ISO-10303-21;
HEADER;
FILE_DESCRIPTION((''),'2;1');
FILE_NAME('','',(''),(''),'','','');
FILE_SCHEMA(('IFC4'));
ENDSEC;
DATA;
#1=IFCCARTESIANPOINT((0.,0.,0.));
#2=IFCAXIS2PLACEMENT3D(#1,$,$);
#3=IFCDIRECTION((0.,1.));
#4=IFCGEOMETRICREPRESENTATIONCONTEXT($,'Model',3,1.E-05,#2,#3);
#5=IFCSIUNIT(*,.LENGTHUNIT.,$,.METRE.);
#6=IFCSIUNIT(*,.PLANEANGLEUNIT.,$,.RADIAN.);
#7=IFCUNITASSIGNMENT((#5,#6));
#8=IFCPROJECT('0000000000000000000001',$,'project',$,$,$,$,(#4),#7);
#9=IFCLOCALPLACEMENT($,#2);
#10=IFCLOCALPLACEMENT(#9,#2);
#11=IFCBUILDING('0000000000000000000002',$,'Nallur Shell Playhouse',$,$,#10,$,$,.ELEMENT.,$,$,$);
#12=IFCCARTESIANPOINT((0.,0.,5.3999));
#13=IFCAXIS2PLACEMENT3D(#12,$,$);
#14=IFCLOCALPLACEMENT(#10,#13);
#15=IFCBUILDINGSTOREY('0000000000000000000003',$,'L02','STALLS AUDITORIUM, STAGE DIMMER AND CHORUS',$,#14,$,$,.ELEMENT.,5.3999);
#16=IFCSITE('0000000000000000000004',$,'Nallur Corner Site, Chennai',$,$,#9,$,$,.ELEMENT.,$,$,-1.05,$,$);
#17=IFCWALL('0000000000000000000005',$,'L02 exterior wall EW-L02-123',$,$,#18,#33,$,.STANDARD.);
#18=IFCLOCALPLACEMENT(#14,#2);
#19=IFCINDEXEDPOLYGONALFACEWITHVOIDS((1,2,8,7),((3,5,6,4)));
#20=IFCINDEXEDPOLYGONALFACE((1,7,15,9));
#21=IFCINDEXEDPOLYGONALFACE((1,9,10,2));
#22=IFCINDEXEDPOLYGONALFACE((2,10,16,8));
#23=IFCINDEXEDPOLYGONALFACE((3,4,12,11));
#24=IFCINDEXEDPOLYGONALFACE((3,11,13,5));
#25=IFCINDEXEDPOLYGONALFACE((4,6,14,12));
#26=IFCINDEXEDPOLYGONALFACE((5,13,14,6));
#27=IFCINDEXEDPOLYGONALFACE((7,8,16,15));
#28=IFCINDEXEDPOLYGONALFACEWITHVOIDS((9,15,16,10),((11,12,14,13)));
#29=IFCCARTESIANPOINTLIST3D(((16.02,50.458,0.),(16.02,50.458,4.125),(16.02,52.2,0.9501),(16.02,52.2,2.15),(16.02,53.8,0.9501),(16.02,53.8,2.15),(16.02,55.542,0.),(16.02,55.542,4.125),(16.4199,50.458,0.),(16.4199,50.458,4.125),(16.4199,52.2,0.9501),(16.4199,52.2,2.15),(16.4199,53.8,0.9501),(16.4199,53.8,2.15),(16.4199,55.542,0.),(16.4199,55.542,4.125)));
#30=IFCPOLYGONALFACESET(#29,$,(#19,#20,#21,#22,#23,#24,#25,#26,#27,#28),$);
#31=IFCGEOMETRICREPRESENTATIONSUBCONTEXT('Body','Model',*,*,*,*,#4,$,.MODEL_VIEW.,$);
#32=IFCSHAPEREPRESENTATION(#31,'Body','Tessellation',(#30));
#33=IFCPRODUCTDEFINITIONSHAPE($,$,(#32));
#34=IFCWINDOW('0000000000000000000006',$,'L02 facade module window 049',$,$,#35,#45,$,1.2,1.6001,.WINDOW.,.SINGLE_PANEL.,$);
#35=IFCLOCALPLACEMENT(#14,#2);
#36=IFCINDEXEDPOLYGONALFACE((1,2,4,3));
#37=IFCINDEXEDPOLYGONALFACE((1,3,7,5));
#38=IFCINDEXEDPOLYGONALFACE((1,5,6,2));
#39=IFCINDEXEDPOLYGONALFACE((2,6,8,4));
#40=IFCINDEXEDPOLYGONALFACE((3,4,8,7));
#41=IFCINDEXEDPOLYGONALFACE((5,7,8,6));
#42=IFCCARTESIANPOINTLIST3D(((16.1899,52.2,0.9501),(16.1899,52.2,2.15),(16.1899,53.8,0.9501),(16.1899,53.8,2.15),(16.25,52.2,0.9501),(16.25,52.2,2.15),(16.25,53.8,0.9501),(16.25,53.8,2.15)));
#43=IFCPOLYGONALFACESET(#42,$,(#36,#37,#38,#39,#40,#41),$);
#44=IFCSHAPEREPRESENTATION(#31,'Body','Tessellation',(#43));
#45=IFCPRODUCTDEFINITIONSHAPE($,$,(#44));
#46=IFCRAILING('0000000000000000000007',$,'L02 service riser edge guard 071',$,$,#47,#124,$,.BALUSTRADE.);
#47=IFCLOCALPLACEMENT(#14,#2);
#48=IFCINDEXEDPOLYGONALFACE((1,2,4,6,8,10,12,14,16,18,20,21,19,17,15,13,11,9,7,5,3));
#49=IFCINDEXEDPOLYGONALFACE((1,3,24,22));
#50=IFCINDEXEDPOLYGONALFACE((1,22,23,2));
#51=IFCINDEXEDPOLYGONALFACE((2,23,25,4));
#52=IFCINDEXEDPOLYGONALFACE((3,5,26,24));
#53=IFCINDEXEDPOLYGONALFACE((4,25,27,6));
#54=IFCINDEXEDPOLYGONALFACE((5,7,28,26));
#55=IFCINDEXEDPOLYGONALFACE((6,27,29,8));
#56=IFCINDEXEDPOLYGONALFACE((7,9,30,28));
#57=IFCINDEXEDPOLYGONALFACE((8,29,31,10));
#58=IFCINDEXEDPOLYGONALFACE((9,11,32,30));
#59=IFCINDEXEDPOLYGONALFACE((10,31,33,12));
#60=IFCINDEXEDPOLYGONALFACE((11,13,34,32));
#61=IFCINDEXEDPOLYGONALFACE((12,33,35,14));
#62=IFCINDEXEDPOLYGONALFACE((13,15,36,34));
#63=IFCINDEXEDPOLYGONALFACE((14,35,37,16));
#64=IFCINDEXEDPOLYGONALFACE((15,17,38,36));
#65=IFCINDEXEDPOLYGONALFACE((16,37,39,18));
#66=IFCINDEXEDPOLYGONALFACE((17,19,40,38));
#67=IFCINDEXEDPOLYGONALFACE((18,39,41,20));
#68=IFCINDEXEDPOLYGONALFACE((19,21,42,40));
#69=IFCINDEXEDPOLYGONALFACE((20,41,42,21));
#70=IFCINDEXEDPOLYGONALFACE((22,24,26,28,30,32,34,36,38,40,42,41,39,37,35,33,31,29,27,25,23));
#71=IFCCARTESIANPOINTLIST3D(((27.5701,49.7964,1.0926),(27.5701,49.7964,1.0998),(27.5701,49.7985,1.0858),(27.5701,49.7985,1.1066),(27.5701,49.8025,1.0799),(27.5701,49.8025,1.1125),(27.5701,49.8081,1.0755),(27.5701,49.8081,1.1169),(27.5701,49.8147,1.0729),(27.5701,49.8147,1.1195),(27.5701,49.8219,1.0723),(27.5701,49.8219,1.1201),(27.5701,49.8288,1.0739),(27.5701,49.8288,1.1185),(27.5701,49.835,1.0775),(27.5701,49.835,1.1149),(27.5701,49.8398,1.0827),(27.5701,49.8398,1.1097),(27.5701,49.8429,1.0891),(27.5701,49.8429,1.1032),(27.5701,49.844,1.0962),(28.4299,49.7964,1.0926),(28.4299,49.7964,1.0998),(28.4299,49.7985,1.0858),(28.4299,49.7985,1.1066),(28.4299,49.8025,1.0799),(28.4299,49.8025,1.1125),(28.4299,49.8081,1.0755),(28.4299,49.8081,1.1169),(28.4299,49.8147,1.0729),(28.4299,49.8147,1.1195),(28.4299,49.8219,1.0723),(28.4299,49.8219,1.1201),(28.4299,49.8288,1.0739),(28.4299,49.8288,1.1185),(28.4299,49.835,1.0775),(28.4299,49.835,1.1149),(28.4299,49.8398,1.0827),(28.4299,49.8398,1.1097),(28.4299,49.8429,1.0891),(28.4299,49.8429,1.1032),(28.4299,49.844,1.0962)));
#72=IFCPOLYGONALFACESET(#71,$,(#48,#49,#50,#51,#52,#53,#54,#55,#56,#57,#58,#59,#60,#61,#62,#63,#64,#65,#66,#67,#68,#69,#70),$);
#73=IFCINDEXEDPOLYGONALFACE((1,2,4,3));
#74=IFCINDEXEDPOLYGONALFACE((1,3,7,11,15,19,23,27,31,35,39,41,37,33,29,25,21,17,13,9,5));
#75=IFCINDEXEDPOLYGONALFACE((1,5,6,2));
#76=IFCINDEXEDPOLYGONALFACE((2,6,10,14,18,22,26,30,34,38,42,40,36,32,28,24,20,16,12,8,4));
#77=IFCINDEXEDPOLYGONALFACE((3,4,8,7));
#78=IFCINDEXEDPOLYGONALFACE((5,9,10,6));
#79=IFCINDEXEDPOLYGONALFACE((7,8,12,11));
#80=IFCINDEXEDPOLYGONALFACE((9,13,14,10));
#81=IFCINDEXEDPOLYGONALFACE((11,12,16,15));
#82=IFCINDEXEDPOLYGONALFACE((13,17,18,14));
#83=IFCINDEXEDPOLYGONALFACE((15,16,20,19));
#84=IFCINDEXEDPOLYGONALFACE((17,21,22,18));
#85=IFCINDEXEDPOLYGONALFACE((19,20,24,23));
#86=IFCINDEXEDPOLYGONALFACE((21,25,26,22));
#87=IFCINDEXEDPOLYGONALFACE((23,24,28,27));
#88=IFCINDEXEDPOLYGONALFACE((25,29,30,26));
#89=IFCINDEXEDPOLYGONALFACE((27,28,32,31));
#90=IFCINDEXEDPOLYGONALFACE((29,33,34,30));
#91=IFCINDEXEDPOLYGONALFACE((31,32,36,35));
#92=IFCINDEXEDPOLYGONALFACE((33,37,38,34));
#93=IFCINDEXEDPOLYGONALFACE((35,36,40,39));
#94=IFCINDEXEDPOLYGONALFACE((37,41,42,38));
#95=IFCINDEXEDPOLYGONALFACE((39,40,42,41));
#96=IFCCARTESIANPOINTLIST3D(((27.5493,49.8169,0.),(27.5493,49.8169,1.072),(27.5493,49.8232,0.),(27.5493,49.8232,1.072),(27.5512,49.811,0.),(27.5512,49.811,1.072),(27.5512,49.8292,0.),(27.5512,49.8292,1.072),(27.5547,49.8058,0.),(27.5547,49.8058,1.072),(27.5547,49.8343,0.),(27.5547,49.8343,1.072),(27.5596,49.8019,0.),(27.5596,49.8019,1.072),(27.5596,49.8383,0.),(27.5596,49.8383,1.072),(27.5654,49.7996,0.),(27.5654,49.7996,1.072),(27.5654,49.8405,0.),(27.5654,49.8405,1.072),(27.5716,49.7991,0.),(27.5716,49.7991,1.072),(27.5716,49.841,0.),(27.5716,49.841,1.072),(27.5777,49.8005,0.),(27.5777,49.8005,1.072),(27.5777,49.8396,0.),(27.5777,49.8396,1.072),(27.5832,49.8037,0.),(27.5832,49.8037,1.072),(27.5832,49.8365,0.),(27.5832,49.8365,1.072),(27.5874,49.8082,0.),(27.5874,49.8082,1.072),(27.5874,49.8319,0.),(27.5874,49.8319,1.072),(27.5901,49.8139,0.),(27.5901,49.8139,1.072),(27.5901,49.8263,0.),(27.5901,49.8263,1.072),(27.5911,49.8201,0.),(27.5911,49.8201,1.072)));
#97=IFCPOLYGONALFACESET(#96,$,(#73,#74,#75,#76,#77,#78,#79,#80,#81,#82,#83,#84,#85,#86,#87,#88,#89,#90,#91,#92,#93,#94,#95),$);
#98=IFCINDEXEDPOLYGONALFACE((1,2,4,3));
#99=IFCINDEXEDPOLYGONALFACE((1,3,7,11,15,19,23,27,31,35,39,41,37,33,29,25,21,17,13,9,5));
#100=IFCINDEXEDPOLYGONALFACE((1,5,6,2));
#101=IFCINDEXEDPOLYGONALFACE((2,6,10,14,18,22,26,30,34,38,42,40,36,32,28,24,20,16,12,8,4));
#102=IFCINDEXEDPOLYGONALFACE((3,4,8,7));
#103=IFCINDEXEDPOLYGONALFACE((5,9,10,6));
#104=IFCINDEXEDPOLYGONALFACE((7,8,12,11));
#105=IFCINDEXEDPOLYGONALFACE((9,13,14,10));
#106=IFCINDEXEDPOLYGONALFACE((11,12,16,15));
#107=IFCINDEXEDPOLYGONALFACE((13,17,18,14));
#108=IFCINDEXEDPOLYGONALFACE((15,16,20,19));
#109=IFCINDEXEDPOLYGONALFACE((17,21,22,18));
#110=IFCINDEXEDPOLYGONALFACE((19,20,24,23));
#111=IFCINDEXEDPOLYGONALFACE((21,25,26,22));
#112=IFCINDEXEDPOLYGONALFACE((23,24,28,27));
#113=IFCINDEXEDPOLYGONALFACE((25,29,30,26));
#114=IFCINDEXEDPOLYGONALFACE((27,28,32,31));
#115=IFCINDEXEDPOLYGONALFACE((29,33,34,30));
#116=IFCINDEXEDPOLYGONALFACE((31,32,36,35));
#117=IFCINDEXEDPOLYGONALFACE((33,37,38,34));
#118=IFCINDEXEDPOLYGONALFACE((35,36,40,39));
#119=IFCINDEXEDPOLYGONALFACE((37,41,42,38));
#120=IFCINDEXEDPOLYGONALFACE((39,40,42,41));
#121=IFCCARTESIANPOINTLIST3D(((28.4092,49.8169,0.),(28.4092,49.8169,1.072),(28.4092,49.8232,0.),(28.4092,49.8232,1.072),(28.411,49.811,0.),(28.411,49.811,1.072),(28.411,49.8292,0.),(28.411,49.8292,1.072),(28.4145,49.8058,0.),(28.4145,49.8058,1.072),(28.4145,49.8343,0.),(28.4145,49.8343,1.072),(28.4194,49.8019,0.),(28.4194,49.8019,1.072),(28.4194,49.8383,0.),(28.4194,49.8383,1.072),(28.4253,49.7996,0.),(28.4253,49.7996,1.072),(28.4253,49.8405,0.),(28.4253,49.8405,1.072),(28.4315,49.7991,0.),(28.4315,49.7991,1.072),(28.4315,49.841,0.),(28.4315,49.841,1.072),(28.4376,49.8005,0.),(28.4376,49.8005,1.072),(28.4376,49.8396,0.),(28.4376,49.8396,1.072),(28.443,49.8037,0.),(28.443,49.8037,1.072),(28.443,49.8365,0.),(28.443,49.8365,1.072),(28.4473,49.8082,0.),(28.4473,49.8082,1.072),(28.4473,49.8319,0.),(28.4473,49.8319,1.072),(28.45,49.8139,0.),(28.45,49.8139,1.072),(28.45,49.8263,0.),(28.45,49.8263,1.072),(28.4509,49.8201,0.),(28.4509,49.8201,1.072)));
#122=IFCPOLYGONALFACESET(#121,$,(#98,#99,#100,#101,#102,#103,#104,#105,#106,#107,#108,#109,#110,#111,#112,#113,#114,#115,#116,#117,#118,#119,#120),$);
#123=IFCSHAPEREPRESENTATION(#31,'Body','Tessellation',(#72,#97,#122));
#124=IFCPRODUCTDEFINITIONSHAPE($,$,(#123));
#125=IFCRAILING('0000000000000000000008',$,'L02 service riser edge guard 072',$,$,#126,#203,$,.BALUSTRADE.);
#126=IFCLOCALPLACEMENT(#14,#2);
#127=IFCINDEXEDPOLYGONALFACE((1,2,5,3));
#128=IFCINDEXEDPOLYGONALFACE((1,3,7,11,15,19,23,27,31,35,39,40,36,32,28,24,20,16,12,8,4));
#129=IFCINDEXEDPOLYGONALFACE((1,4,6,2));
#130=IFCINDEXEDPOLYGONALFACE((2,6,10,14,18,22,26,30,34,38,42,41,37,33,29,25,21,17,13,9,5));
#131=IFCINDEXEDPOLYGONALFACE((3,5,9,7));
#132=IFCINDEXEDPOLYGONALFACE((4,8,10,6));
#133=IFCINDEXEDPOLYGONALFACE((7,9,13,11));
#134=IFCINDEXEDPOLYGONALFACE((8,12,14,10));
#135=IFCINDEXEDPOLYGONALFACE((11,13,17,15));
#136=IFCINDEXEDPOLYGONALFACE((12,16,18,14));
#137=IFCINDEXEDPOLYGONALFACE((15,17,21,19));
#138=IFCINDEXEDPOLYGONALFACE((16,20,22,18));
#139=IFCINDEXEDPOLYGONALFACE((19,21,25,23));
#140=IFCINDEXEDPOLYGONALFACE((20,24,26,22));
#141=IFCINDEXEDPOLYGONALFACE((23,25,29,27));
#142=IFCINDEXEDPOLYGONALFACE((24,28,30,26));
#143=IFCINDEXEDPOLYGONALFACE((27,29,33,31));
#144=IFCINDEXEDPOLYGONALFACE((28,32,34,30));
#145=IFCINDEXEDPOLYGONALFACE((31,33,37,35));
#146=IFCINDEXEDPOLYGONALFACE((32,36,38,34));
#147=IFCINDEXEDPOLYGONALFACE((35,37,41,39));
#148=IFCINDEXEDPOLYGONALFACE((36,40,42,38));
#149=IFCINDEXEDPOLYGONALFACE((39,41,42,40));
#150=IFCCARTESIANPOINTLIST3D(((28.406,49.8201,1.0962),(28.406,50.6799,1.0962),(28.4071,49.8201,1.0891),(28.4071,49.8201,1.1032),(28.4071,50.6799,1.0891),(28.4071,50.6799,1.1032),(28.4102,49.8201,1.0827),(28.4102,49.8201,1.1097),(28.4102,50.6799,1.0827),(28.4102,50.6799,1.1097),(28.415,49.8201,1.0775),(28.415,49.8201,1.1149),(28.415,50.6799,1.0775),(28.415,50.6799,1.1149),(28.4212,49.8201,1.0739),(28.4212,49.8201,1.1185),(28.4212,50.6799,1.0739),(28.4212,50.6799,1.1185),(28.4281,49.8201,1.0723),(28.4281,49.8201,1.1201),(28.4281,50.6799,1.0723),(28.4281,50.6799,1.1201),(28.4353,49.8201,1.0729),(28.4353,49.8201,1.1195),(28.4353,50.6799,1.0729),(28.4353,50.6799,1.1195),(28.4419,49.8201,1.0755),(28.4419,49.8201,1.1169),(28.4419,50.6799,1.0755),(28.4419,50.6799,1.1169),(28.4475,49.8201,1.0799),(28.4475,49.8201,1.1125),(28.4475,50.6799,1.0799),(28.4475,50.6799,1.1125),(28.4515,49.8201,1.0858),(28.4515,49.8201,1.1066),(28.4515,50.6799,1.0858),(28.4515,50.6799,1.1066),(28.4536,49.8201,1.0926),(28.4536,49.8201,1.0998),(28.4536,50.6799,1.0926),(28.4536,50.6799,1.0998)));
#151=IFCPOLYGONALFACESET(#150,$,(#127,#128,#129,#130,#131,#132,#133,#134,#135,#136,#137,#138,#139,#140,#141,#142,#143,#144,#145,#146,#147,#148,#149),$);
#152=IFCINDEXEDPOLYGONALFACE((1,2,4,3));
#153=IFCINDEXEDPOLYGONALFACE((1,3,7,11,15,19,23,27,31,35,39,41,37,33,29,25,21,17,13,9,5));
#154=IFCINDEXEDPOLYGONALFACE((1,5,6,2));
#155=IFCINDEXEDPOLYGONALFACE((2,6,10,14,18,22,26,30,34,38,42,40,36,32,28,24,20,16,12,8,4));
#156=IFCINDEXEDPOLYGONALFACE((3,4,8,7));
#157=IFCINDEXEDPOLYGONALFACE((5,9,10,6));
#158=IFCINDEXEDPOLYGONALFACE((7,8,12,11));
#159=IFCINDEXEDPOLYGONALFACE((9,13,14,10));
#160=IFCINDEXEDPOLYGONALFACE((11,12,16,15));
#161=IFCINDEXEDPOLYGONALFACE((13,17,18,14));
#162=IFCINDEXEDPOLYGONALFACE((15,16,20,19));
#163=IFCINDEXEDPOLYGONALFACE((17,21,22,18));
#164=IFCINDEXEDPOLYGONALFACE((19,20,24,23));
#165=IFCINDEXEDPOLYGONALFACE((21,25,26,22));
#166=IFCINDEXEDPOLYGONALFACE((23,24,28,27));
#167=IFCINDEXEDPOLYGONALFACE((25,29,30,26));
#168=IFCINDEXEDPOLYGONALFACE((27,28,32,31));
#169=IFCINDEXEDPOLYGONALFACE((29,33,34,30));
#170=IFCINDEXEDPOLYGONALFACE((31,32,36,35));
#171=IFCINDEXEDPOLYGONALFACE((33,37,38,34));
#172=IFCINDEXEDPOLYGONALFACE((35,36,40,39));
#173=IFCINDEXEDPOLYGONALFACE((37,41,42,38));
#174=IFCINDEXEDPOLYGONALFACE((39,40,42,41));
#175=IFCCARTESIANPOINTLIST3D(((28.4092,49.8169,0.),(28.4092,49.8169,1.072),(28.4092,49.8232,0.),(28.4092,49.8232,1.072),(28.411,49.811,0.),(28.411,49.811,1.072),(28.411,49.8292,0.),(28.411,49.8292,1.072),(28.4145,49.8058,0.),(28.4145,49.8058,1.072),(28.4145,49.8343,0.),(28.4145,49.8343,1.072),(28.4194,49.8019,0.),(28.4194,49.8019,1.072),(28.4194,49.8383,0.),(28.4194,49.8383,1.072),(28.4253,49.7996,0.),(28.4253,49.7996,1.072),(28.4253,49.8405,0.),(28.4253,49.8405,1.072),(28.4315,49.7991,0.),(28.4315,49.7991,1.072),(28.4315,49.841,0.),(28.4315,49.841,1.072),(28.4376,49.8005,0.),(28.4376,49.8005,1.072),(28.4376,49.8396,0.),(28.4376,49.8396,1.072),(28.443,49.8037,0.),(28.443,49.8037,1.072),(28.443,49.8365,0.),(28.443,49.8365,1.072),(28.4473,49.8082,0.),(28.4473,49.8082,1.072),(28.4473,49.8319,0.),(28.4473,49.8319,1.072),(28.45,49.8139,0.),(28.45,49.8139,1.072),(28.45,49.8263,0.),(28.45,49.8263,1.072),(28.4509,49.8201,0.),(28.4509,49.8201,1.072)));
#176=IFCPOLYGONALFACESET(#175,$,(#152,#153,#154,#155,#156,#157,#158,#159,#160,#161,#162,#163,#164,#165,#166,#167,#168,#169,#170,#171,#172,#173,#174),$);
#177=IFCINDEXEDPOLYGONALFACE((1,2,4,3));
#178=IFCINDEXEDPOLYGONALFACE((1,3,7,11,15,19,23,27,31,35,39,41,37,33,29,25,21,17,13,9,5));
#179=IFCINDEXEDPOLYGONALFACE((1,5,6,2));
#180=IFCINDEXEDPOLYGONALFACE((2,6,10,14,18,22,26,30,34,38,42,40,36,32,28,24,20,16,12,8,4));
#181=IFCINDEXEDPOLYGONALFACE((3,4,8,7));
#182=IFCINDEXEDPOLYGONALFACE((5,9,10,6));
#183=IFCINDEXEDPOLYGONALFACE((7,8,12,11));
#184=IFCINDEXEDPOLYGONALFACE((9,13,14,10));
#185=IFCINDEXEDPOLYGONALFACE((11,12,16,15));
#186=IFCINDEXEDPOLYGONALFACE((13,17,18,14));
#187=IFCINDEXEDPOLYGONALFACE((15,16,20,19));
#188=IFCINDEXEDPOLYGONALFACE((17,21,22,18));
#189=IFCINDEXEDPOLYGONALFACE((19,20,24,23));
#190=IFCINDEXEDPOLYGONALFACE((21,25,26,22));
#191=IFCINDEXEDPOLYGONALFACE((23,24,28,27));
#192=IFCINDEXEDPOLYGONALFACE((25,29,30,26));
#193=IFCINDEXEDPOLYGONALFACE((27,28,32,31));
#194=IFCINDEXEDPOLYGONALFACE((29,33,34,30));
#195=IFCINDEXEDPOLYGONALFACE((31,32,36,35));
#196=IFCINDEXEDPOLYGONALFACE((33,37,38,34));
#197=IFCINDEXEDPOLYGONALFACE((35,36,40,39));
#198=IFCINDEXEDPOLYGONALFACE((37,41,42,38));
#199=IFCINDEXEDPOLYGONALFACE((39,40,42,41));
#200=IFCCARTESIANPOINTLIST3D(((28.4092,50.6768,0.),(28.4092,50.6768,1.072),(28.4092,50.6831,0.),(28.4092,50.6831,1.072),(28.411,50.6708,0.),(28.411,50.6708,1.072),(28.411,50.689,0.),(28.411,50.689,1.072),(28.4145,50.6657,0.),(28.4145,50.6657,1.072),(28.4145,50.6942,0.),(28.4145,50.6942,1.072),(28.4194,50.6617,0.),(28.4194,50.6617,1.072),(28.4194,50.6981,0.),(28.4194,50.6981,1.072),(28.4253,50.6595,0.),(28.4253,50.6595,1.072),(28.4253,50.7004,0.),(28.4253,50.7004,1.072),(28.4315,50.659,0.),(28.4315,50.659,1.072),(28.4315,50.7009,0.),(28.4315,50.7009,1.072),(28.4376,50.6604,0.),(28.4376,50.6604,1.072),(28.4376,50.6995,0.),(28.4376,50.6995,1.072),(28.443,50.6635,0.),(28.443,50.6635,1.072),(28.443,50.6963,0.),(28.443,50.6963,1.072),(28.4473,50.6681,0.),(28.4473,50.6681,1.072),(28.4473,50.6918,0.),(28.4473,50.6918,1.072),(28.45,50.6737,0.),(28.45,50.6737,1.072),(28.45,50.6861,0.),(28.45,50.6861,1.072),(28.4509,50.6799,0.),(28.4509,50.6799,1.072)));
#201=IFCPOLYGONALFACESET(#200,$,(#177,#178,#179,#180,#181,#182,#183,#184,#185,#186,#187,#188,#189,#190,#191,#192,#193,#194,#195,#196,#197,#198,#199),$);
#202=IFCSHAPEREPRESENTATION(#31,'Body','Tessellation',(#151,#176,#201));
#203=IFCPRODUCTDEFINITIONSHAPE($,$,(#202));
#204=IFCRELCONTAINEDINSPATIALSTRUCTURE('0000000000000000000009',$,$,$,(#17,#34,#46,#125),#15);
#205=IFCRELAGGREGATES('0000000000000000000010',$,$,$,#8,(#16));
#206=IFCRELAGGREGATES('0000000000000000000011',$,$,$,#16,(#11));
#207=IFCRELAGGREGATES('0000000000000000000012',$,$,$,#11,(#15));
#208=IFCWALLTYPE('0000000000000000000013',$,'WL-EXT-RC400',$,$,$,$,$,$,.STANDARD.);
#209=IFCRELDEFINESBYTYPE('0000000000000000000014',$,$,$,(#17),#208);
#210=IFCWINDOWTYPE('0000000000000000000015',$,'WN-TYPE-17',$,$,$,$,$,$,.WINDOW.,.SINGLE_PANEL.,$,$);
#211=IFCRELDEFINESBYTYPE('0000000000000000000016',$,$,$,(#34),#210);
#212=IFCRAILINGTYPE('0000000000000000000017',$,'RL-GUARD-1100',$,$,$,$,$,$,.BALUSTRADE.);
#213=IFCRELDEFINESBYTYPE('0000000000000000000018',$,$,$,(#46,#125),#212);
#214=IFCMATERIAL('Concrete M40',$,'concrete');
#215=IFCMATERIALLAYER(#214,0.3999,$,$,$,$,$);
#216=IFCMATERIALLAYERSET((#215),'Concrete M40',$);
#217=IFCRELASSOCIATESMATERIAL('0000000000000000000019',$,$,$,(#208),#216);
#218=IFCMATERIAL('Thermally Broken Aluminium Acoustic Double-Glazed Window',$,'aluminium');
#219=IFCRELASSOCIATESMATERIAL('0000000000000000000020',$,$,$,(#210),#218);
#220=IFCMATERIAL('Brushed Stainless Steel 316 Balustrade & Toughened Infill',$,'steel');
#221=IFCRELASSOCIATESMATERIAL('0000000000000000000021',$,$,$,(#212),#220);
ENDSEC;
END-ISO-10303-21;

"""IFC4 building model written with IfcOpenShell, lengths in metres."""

from ifc_helpers import new_model, si_unit, direction, frame, frame_2d, origin, origin_2d, place, context, subcontext, project, spatial, rectangle, circle, extrude, material, layer, layer_set, type_object, element, fill, save


model = new_model("IFC4")

# Units and contexts
model_context = context("Model", 3, precision=1e-05, world=origin(), true_north=direction((0.0, 1.0)))
body_context = subcontext(model_context, "Body", "Model", "MODEL_VIEW")
ifc_project = project(units=[si_unit("LENGTHUNIT", "METRE"), si_unit("PLANEANGLEUNIT", "RADIAN")], contexts=[model_context])

# Site, building, storey
site_placement = place(None, origin())
site = spatial("IfcSite", under=ifc_project, at=site_placement, Name="Nallur Corner Site, Chennai", CompositionType="ELEMENT", RefElevation=-1.05)
building_placement = place(site_placement, origin())
building = spatial("IfcBuilding", under=site, at=building_placement, Name="Nallur Shell Playhouse", CompositionType="ELEMENT")
storey_placement = place(building_placement, frame((0.0, 0.0, 5.3999)))
storey = spatial("IfcBuildingStorey", under=building, at=storey_placement, Name="L02", Description="STALLS AUDITORIUM, STAGE DIMMER AND CHORUS", CompositionType="ELEMENT", Elevation=5.3999)

# Shared definitions
ifc_material_1 = material(Name="Concrete M40", Category="concrete")

# Wall, opening, window
ifc_material_2 = material(Name="Thermally Broken Aluminium Acoustic Double-Glazed Window", Category="aluminium")
ifc_layer_1 = layer(ifc_material_1, 0.3999)
ifc_layer_set_1 = layer_set([ifc_layer_1], Name="Concrete M40")
wall_type_1 = type_object("IfcWallType", Name="WL-EXT-RC400", PredefinedType="STANDARD", material=ifc_layer_set_1)
wall_1_placement = place(storey_placement, frame((16.22, 50.458, 0.0), z_axis=(0.0, 0.0, 1.0), x_axis=(0.0, 1.0, 0.0)))
wall_1 = element("IfcWall", 1, at=wall_1_placement, inside=storey, type_object=wall_type_1, Name="L02 exterior wall EW-L02-123", PredefinedType="STANDARD", context=body_context, shape_type="SweptSolid", body=[
    extrude(rectangle(XDim=5.084, YDim=0.3999, at=frame_2d((2.542, 0.0))), origin(), (0.0, 0.0, 1.0), 4.125),
])
opening_1_placement = place(wall_1_placement, frame((1.7419, 0.0, 0.95)))
opening_1 = element("IfcOpeningElement", 2, at=opening_1_placement, cuts=wall_1, PredefinedType="OPENING", context=body_context, shape_type="SweptSolid", body=[
    extrude(rectangle(XDim=1.6001, YDim=1.2, at=frame_2d((0.8, 0.6001))), frame((0.0, 0.21, 0.0), z_axis=(0.0, -1.0, 0.0), x_axis=(1.0, 0.0, 0.0)), (0.0, 0.0, 1.0), 0.4199),
])
window_type_1 = type_object("IfcWindowType", Name="WN-TYPE-17", PartitioningType="SINGLE_PANEL", PredefinedType="WINDOW", material=ifc_material_2)
window_1_placement = place(opening_1_placement, origin())
window_1 = element("IfcWindow", 3, at=window_1_placement, inside=storey, type_object=window_type_1, Name="L02 facade module window 049", OverallHeight=1.2, OverallWidth=1.6001, PartitioningType="SINGLE_PANEL", PredefinedType="WINDOW", context=body_context, shape_type="SweptSolid", body=[
    extrude(rectangle(XDim=1.6001, YDim=1.2, at=frame_2d((0.8, 0.6001))), frame((0.0, 0.03, 0.0), z_axis=(0.0, -1.0, 0.0), x_axis=(1.0, 0.0, 0.0)), (0.0, 0.0, 1.0), 0.0601),
])
fill(opening_1, window_1)

# Railings
ifc_material_3 = material(Name="Brushed Stainless Steel 316 Balustrade & Toughened Infill", Category="steel")
railing_type = type_object("IfcRailingType", Name="RL-GUARD-1100", PredefinedType="BALUSTRADE", material=ifc_material_3)
railing_1_placement = place(storey_placement, frame((27.5701, 49.8201, 0.0)))
element("IfcRailing", 4, at=railing_1_placement, inside=storey, type_object=railing_type, Name="L02 service riser edge guard 071", PredefinedType="BALUSTRADE", context=body_context, shape_type="SweptSolid", body=[
    extrude(circle(Radius=0.0239, at=origin_2d()), frame((0.0, 0.0, 1.0962), z_axis=(1.0, 0.0, 0.0), x_axis=(0.0, 1.0, 0.0)), (0.0, 0.0, 1.0), 0.8599),
    extrude(circle(Radius=0.021, at=origin_2d()), origin(), (0.0, 0.0, 1.0), 1.072),
    extrude(circle(Radius=0.021, at=origin_2d()), frame((0.8599, 0.0, 0.0)), (0.0, 0.0, 1.0), 1.072),
])
railing_2_placement = place(storey_placement, frame((28.4299, 49.8201, 0.0)))
element("IfcRailing", 5, at=railing_2_placement, inside=storey, type_object=railing_type, Name="L02 service riser edge guard 072", PredefinedType="BALUSTRADE", context=body_context, shape_type="SweptSolid", body=[
    extrude(circle(Radius=0.0239, at=origin_2d()), frame((0.0, 0.0, 1.0962), z_axis=(0.0, 1.0, 0.0), x_axis=(-1.0, 0.0, 0.0)), (0.0, 0.0, 1.0), 0.8599),
    extrude(circle(Radius=0.021, at=origin_2d()), origin(), (0.0, 0.0, 1.0), 1.072),
    extrude(circle(Radius=0.021, at=origin_2d()), frame((0.0, 0.8599, 0.0)), (0.0, 0.0, 1.0), 1.072),
])

save(model, "model.ifc")
